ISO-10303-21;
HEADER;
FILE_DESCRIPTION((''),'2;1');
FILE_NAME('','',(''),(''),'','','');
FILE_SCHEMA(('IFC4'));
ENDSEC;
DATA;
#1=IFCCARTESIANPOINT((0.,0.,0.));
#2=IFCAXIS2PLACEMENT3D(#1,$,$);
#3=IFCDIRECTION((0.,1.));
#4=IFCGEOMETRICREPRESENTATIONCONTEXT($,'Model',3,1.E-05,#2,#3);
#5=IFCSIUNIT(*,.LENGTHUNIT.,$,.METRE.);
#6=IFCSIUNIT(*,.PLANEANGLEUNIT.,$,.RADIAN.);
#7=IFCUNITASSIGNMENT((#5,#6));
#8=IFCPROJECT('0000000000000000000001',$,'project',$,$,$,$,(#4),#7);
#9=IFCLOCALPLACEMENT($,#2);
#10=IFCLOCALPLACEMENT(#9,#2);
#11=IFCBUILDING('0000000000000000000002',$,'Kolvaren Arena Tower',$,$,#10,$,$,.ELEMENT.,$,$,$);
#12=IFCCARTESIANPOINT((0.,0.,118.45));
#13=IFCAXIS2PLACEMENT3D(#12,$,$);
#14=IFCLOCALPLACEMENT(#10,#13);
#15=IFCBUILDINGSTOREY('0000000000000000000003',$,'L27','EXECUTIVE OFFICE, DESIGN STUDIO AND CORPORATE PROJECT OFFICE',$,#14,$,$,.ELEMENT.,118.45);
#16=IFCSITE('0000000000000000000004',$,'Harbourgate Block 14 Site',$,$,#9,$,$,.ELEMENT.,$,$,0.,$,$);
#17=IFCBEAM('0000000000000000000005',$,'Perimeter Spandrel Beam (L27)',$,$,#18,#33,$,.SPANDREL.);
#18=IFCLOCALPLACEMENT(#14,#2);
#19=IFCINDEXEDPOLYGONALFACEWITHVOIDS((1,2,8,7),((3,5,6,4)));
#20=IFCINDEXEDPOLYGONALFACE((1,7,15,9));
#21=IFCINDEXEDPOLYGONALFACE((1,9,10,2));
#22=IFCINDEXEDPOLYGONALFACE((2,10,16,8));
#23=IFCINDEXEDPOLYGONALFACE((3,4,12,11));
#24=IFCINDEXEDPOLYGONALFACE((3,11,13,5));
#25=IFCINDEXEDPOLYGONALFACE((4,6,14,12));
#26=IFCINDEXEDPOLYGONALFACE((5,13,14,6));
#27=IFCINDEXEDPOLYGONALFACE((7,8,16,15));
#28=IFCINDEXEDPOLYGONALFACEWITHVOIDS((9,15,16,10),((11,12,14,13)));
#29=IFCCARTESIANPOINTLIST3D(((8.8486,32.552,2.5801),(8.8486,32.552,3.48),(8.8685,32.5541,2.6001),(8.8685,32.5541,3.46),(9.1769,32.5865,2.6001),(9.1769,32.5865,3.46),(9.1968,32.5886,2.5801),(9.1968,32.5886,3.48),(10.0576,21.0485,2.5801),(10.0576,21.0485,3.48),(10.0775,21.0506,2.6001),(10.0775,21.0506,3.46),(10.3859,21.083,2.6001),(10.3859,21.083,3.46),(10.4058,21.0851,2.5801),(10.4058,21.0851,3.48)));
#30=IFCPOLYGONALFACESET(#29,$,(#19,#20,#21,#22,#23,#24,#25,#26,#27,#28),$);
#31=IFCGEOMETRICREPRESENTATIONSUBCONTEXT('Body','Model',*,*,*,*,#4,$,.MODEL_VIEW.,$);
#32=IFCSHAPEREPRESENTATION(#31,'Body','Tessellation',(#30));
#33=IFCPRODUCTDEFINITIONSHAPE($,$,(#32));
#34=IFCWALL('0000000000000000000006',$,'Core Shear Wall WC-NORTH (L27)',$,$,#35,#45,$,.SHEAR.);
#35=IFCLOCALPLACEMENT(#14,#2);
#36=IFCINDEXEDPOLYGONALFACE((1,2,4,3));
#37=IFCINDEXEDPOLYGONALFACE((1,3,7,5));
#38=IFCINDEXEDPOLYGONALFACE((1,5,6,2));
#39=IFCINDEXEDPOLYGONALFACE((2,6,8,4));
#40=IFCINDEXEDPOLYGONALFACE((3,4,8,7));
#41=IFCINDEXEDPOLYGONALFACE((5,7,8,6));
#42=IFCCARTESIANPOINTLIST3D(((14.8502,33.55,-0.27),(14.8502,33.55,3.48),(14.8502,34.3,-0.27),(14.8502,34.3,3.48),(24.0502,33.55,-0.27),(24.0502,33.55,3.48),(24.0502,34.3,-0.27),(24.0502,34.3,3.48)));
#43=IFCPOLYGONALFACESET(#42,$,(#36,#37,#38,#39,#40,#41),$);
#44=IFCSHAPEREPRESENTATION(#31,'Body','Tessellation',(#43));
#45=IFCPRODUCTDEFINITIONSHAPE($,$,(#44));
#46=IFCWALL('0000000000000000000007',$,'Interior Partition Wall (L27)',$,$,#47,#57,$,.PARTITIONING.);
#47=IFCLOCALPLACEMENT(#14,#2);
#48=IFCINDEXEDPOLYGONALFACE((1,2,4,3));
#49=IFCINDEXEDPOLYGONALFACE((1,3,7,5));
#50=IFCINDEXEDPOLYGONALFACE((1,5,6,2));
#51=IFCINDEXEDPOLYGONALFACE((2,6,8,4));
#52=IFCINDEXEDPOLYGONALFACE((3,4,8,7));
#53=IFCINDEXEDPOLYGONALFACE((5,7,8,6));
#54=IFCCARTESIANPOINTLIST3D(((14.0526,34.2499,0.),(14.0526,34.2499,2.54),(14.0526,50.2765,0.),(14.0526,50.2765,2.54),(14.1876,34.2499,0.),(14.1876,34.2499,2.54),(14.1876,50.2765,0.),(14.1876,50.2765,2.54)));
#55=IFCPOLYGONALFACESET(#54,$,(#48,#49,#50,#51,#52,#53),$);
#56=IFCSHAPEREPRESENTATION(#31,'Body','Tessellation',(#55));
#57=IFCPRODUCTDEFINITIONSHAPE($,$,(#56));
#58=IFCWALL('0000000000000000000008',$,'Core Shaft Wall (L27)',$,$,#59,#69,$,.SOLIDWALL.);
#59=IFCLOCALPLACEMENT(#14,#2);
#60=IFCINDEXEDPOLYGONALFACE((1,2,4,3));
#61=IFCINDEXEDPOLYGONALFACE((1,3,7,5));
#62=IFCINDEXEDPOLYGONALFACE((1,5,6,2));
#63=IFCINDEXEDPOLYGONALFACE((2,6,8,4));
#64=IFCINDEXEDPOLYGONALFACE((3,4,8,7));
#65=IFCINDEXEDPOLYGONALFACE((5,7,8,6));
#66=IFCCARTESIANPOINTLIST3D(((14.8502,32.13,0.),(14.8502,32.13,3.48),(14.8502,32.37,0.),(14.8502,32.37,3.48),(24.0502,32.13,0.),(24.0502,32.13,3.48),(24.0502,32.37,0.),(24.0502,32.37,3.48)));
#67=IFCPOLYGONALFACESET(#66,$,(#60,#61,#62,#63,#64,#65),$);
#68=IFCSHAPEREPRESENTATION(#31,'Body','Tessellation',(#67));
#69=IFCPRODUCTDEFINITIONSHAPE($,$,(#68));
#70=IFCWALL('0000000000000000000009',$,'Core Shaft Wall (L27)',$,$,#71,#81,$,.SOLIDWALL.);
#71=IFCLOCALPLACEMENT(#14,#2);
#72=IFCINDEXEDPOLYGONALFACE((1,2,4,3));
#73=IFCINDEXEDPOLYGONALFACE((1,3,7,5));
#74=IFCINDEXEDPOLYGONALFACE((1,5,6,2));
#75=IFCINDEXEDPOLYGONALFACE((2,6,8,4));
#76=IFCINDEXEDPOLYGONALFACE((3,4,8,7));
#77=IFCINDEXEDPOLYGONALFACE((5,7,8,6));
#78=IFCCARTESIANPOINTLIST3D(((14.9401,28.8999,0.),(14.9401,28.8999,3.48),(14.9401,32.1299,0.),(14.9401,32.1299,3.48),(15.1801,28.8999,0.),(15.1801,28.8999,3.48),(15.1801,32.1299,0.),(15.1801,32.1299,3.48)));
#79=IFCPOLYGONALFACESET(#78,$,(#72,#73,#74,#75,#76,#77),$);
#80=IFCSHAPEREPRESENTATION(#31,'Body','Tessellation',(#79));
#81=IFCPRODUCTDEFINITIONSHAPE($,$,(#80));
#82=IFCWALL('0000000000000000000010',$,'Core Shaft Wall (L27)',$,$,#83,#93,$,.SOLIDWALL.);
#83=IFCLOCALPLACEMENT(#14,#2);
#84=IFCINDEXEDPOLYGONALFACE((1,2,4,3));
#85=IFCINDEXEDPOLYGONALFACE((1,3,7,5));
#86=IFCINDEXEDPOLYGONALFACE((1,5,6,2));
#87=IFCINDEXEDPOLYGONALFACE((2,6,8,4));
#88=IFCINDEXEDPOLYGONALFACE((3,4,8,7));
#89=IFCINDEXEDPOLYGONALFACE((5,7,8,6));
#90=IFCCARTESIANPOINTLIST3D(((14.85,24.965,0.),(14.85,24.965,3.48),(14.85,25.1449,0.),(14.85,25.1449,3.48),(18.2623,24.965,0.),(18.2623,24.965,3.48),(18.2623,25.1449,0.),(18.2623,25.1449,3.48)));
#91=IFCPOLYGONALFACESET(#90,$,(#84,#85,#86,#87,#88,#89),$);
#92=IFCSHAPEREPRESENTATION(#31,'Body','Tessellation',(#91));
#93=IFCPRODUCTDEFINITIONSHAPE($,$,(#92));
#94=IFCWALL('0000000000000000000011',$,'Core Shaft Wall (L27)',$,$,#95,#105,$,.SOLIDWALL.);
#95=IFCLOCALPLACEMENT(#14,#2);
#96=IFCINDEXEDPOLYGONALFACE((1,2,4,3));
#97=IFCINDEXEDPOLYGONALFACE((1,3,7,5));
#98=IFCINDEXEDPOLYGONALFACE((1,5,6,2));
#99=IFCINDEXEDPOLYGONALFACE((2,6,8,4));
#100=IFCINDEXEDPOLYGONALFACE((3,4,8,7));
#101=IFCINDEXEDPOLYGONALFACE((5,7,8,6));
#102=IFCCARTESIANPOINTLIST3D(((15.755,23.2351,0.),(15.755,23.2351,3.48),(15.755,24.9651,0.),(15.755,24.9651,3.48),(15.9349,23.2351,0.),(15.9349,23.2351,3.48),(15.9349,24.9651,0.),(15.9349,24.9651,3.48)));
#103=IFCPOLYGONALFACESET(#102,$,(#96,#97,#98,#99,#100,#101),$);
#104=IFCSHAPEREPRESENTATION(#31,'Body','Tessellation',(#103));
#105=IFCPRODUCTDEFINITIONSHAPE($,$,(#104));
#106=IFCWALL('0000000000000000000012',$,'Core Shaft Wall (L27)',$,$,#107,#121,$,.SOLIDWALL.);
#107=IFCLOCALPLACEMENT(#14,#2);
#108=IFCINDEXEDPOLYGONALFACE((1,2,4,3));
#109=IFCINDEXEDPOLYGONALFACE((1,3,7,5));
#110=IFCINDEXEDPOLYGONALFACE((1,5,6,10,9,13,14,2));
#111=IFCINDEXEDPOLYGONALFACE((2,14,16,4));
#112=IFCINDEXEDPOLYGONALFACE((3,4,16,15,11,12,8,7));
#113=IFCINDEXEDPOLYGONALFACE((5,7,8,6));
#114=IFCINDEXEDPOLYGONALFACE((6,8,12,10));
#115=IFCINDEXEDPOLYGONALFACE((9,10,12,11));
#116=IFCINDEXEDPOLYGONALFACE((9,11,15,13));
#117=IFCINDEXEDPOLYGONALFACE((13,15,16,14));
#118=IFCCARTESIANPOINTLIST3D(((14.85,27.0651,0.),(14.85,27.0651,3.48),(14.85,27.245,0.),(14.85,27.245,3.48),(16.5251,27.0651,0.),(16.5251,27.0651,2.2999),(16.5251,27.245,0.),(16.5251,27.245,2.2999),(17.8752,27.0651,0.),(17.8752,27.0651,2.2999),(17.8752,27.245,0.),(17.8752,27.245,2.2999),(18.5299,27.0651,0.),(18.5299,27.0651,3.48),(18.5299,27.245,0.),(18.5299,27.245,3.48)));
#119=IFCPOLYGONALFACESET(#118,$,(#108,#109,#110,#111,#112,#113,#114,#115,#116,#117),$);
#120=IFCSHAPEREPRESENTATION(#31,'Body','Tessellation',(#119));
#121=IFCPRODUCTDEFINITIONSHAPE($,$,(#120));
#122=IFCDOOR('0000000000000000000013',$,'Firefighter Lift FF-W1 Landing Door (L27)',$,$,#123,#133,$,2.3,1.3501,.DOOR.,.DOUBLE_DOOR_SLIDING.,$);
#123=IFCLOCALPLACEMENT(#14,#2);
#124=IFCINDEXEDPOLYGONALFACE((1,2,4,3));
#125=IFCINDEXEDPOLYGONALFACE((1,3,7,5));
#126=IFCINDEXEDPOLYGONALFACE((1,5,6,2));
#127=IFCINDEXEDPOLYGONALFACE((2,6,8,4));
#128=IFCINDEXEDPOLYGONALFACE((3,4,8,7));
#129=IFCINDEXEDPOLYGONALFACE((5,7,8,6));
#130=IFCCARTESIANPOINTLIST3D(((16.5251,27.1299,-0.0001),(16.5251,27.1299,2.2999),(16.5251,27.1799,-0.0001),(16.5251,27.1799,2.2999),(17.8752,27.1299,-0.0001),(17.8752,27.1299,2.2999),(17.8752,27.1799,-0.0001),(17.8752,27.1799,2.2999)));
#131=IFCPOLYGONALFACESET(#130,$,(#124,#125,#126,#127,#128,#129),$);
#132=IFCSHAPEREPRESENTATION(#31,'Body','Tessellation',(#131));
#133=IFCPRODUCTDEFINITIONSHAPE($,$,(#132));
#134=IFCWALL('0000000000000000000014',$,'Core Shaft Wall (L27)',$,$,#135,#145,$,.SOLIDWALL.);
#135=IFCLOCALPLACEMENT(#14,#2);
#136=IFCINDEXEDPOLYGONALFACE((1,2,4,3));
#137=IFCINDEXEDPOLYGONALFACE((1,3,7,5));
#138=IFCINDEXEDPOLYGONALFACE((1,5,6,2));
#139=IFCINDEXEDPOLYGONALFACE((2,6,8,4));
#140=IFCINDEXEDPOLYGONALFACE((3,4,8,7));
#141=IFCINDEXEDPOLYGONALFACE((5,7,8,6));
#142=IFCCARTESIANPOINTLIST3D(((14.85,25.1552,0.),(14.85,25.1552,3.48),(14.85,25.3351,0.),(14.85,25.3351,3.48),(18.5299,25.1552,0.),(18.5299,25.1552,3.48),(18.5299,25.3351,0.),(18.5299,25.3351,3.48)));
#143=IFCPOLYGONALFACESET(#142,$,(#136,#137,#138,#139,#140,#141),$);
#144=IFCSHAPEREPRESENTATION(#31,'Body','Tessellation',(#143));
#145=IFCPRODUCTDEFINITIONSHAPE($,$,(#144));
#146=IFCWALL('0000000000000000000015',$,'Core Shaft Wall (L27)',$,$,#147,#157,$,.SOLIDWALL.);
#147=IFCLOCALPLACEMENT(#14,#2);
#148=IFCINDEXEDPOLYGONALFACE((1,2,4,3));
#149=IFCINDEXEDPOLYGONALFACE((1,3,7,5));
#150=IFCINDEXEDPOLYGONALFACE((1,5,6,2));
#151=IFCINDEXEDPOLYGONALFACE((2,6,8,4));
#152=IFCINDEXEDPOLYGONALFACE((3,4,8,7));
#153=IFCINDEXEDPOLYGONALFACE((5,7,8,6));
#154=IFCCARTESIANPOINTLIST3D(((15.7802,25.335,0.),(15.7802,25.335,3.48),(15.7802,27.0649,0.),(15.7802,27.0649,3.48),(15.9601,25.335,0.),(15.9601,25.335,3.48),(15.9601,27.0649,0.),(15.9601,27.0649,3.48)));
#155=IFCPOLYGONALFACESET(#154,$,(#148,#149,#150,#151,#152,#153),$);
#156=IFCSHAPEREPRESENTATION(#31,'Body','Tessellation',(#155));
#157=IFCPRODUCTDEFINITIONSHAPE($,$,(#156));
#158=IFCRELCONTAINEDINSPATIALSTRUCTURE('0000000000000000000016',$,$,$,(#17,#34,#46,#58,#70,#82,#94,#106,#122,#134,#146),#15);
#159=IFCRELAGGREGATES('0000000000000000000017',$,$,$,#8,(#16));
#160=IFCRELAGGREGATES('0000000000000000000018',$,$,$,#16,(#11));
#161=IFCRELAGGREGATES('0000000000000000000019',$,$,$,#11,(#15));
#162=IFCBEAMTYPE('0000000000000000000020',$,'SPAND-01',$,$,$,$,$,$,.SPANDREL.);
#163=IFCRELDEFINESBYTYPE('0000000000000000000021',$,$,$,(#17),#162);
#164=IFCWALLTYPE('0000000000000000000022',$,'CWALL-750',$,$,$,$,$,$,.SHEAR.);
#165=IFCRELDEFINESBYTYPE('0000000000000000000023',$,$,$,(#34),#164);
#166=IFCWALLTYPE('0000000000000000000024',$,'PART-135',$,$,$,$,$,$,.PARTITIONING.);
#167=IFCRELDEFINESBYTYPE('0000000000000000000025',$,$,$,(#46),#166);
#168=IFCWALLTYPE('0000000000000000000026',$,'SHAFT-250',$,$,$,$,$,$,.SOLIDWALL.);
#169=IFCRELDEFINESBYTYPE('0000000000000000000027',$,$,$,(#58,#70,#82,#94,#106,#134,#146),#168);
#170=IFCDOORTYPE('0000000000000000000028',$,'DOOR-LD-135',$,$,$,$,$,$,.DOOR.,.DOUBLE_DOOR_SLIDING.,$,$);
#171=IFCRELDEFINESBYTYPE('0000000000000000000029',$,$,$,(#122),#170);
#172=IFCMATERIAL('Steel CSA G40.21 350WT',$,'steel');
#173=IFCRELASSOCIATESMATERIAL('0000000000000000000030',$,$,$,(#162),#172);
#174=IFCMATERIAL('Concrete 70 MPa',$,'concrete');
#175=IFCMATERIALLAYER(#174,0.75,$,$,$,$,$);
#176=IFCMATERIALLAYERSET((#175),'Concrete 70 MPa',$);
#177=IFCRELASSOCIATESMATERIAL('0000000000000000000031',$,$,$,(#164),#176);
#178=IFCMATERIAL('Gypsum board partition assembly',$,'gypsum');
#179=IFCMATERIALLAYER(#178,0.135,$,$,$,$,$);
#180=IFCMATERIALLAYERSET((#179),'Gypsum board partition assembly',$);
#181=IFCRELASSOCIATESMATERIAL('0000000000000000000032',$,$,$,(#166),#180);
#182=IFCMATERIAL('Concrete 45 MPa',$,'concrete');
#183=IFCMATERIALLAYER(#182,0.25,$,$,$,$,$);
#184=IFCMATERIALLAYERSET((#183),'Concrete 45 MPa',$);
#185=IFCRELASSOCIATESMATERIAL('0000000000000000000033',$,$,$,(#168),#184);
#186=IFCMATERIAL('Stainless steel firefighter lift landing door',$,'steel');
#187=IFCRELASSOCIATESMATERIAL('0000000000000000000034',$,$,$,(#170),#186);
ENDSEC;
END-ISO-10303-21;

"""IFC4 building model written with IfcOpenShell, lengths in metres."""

from ifc_helpers import new_model, si_unit, direction, frame, frame_2d, origin, origin_2d, place, context, subcontext, project, spatial, rectangle, hollow_rectangle, extrude, material, layer, layer_set, material_profile, profile_set, type_object, element, fill, save


model = new_model("IFC4")

# Units and contexts
model_context = context("Model", 3, precision=1e-05, world=origin(), true_north=direction((0.0, 1.0)))
body_context = subcontext(model_context, "Body", "Model", "MODEL_VIEW")
ifc_project = project(units=[si_unit("LENGTHUNIT", "METRE"), si_unit("PLANEANGLEUNIT", "RADIAN")], contexts=[model_context])

# Site, building, storey
site_placement = place(None, origin())
site = spatial("IfcSite", under=ifc_project, at=site_placement, Name="Harbourgate Block 14 Site", CompositionType="ELEMENT", RefElevation=0.0)
building_placement = place(site_placement, origin())
building = spatial("IfcBuilding", under=site, at=building_placement, Name="Kolvaren Arena Tower", CompositionType="ELEMENT")
storey_placement = place(building_placement, frame((0.0, 0.0, 118.45)))
storey = spatial("IfcBuildingStorey", under=building, at=storey_placement, Name="L27", Description="EXECUTIVE OFFICE, DESIGN STUDIO AND CORPORATE PROJECT OFFICE", CompositionType="ELEMENT", Elevation=118.45)

# Beam
ifc_material_1 = material(Name="Steel CSA G40.21 350WT", Category="steel")
ifc_material_profile_1 = material_profile(ifc_material_1, hollow_rectangle(XDim=0.3501, YDim=0.8999, WallThickness=0.02, at=origin_2d()), Name="HSS 900x350x20")
ifc_profile_set_1 = profile_set([ifc_material_profile_1], Name="Steel CSA G40.21 350WT")
beam_type_1 = type_object("IfcBeamType", Name="SPAND-01", PredefinedType="SPANDREL", material=ifc_profile_set_1)
beam_1_placement = place(storey_placement, frame((9.0227, 32.5703, 3.03), z_axis=(0.104522, -0.994523, 0.0), x_axis=(0.994523, 0.104522, 0.0)))
element("IfcBeam", 1, at=beam_1_placement, inside=storey, type_object=beam_type_1, Name="Perimeter Spandrel Beam (L27)", PredefinedType="SPANDREL", context=body_context, shape_type="SweptSolid", body=[
    extrude(hollow_rectangle(XDim=0.3501, YDim=0.8999, WallThickness=0.02, at=origin_2d()), origin(), (0.0, 0.0, 1.0), 11.5669),
])

# Walls
ifc_material_2 = material(Name="Concrete 70 MPa", Category="concrete")
ifc_layer_1 = layer(ifc_material_2, 0.75)
ifc_layer_set_1 = layer_set([ifc_layer_1], Name="Concrete 70 MPa")
wall_type_1 = type_object("IfcWallType", Name="CWALL-750", PredefinedType="SHEAR", material=ifc_layer_set_1)
wall_1_placement = place(storey_placement, frame((14.8501, 33.925, -0.27), z_axis=(0.0, 0.0, 1.0), x_axis=(1.0, 0.0, 0.0)))
element("IfcWall", 2, at=wall_1_placement, inside=storey, type_object=wall_type_1, Name="Core Shear Wall WC-NORTH (L27)", PredefinedType="SHEAR", context=body_context, shape_type="SweptSolid", body=[
    extrude(rectangle(XDim=9.2, YDim=0.75, at=frame_2d((4.6001, 0.0))), origin(), (0.0, 0.0, 1.0), 3.75),
])
ifc_material_3 = material(Name="Gypsum board partition assembly", Category="gypsum")
ifc_layer_2 = layer(ifc_material_3, 0.135)
ifc_layer_set_2 = layer_set([ifc_layer_2], Name="Gypsum board partition assembly")
wall_type_2 = type_object("IfcWallType", Name="PART-135", PredefinedType="PARTITIONING", material=ifc_layer_set_2)
wall_2_placement = place(storey_placement, frame((14.1201, 34.25, 0.0), z_axis=(0.0, 0.0, 1.0), x_axis=(0.0, 1.0, 0.0)))
element("IfcWall", 3, at=wall_2_placement, inside=storey, type_object=wall_type_2, Name="Interior Partition Wall (L27)", PredefinedType="PARTITIONING", context=body_context, shape_type="SweptSolid", body=[
    extrude(rectangle(XDim=16.0266, YDim=0.135, at=frame_2d((8.0132, 0.0))), origin(), (0.0, 0.0, 1.0), 2.54),
])
ifc_material_4 = material(Name="Concrete 45 MPa", Category="concrete")
ifc_layer_3 = layer(ifc_material_4, 0.25)
ifc_layer_set_3 = layer_set([ifc_layer_3], Name="Concrete 45 MPa")
wall_type_3 = type_object("IfcWallType", Name="SHAFT-250", PredefinedType="SOLIDWALL", material=ifc_layer_set_3)
wall_3_placement = place(storey_placement, frame((14.8501, 32.25, 0.0), z_axis=(0.0, 0.0, 1.0), x_axis=(1.0, 0.0, 0.0)))
element("IfcWall", 4, at=wall_3_placement, inside=storey, type_object=wall_type_3, Name="Core Shaft Wall (L27)", PredefinedType="SOLIDWALL", context=body_context, shape_type="SweptSolid", body=[
    extrude(rectangle(XDim=9.2, YDim=0.24, at=frame_2d((4.6001, 0.0))), origin(), (0.0, 0.0, 1.0), 3.48),
])
wall_4_placement = place(storey_placement, frame((15.0601, 28.8999, 0.0), z_axis=(0.0, 0.0, 1.0), x_axis=(0.0, 1.0, 0.0)))
element("IfcWall", 5, at=wall_4_placement, inside=storey, type_object=wall_type_3, Name="Core Shaft Wall (L27)", PredefinedType="SOLIDWALL", context=body_context, shape_type="SweptSolid", body=[
    extrude(rectangle(XDim=3.23, YDim=0.24, at=frame_2d((1.615, 0.0))), origin(), (0.0, 0.0, 1.0), 3.48),
])
wall_5_placement = place(storey_placement, frame((14.8501, 25.0549, 0.0), z_axis=(0.0, 0.0, 1.0), x_axis=(1.0, 0.0, 0.0)))
element("IfcWall", 6, at=wall_5_placement, inside=storey, type_object=wall_type_3, Name="Core Shaft Wall (L27)", PredefinedType="SOLIDWALL", context=body_context, shape_type="SweptSolid", body=[
    extrude(rectangle(XDim=3.4124, YDim=0.1799, at=frame_2d((1.7061, 0.0))), origin(), (0.0, 0.0, 1.0), 3.48),
])
wall_6_placement = place(storey_placement, frame((15.845, 23.2351, 0.0), z_axis=(0.0, 0.0, 1.0), x_axis=(0.0, 1.0, 0.0)))
element("IfcWall", 7, at=wall_6_placement, inside=storey, type_object=wall_type_3, Name="Core Shaft Wall (L27)", PredefinedType="SOLIDWALL", context=body_context, shape_type="SweptSolid", body=[
    extrude(rectangle(XDim=1.73, YDim=0.1799, at=frame_2d((0.865, 0.0))), origin(), (0.0, 0.0, 1.0), 3.48),
])

# Wall, opening, door
wall_7_placement = place(storey_placement, frame((14.8501, 27.155, 0.0), z_axis=(0.0, 0.0, 1.0), x_axis=(1.0, 0.0, 0.0)))
wall_7 = element("IfcWall", 8, at=wall_7_placement, inside=storey, type_object=wall_type_3, Name="Core Shaft Wall (L27)", PredefinedType="SOLIDWALL", context=body_context, shape_type="SweptSolid", body=[
    extrude(rectangle(XDim=3.6799, YDim=0.1799, at=frame_2d((1.8398, 0.0))), origin(), (0.0, 0.0, 1.0), 3.48),
])
opening_placement = place(wall_7_placement, frame((1.675, 0.0, 0.0)))
opening = element("IfcOpeningElement", 9, at=opening_placement, cuts=wall_7, PredefinedType="OPENING", context=body_context, shape_type="SweptSolid", body=[
    extrude(rectangle(XDim=1.3501, YDim=2.3, at=frame_2d((0.675, 1.1499))), frame((0.0, 0.0999, 0.0), z_axis=(0.0, -1.0, 0.0), x_axis=(1.0, 0.0, 0.0)), (0.0, 0.0, 1.0), 0.2),
])
ifc_material_5 = material(Name="Stainless steel firefighter lift landing door", Category="steel")
door_type = type_object("IfcDoorType", Name="DOOR-LD-135", OperationType="DOUBLE_DOOR_SLIDING", PredefinedType="DOOR", material=ifc_material_5)
door_placement = place(opening_placement, origin())
door = element("IfcDoor", 10, at=door_placement, inside=storey, type_object=door_type, Name="Firefighter Lift FF-W1 Landing Door (L27)", OperationType="DOUBLE_DOOR_SLIDING", OverallHeight=2.3, OverallWidth=1.3501, PredefinedType="DOOR", context=body_context, shape_type="SweptSolid", body=[
    extrude(rectangle(XDim=1.3501, YDim=2.3, at=frame_2d((0.675, 1.1499))), frame((0.0, 0.0249, 0.0), z_axis=(0.0, -1.0, 0.0), x_axis=(1.0, 0.0, 0.0)), (0.0, 0.0, 1.0), 0.05),
])
fill(opening, door)

# Walls
wall_8_placement = place(storey_placement, frame((14.8501, 25.2451, 0.0), z_axis=(0.0, 0.0, 1.0), x_axis=(1.0, 0.0, 0.0)))
element("IfcWall", 11, at=wall_8_placement, inside=storey, type_object=wall_type_3, Name="Core Shaft Wall (L27)", PredefinedType="SOLIDWALL", context=body_context, shape_type="SweptSolid", body=[
    extrude(rectangle(XDim=3.6799, YDim=0.1799, at=frame_2d((1.8398, 0.0))), origin(), (0.0, 0.0, 1.0), 3.48),
])
wall_9_placement = place(storey_placement, frame((15.8701, 25.335, 0.0), z_axis=(0.0, 0.0, 1.0), x_axis=(0.0, 1.0, 0.0)))
element("IfcWall", 12, at=wall_9_placement, inside=storey, type_object=wall_type_3, Name="Core Shaft Wall (L27)", PredefinedType="SOLIDWALL", context=body_context, shape_type="SweptSolid", body=[
    extrude(rectangle(XDim=1.73, YDim=0.1799, at=frame_2d((0.865, 0.0))), origin(), (0.0, 0.0, 1.0), 3.48),
])

save(model, "model.ifc")
